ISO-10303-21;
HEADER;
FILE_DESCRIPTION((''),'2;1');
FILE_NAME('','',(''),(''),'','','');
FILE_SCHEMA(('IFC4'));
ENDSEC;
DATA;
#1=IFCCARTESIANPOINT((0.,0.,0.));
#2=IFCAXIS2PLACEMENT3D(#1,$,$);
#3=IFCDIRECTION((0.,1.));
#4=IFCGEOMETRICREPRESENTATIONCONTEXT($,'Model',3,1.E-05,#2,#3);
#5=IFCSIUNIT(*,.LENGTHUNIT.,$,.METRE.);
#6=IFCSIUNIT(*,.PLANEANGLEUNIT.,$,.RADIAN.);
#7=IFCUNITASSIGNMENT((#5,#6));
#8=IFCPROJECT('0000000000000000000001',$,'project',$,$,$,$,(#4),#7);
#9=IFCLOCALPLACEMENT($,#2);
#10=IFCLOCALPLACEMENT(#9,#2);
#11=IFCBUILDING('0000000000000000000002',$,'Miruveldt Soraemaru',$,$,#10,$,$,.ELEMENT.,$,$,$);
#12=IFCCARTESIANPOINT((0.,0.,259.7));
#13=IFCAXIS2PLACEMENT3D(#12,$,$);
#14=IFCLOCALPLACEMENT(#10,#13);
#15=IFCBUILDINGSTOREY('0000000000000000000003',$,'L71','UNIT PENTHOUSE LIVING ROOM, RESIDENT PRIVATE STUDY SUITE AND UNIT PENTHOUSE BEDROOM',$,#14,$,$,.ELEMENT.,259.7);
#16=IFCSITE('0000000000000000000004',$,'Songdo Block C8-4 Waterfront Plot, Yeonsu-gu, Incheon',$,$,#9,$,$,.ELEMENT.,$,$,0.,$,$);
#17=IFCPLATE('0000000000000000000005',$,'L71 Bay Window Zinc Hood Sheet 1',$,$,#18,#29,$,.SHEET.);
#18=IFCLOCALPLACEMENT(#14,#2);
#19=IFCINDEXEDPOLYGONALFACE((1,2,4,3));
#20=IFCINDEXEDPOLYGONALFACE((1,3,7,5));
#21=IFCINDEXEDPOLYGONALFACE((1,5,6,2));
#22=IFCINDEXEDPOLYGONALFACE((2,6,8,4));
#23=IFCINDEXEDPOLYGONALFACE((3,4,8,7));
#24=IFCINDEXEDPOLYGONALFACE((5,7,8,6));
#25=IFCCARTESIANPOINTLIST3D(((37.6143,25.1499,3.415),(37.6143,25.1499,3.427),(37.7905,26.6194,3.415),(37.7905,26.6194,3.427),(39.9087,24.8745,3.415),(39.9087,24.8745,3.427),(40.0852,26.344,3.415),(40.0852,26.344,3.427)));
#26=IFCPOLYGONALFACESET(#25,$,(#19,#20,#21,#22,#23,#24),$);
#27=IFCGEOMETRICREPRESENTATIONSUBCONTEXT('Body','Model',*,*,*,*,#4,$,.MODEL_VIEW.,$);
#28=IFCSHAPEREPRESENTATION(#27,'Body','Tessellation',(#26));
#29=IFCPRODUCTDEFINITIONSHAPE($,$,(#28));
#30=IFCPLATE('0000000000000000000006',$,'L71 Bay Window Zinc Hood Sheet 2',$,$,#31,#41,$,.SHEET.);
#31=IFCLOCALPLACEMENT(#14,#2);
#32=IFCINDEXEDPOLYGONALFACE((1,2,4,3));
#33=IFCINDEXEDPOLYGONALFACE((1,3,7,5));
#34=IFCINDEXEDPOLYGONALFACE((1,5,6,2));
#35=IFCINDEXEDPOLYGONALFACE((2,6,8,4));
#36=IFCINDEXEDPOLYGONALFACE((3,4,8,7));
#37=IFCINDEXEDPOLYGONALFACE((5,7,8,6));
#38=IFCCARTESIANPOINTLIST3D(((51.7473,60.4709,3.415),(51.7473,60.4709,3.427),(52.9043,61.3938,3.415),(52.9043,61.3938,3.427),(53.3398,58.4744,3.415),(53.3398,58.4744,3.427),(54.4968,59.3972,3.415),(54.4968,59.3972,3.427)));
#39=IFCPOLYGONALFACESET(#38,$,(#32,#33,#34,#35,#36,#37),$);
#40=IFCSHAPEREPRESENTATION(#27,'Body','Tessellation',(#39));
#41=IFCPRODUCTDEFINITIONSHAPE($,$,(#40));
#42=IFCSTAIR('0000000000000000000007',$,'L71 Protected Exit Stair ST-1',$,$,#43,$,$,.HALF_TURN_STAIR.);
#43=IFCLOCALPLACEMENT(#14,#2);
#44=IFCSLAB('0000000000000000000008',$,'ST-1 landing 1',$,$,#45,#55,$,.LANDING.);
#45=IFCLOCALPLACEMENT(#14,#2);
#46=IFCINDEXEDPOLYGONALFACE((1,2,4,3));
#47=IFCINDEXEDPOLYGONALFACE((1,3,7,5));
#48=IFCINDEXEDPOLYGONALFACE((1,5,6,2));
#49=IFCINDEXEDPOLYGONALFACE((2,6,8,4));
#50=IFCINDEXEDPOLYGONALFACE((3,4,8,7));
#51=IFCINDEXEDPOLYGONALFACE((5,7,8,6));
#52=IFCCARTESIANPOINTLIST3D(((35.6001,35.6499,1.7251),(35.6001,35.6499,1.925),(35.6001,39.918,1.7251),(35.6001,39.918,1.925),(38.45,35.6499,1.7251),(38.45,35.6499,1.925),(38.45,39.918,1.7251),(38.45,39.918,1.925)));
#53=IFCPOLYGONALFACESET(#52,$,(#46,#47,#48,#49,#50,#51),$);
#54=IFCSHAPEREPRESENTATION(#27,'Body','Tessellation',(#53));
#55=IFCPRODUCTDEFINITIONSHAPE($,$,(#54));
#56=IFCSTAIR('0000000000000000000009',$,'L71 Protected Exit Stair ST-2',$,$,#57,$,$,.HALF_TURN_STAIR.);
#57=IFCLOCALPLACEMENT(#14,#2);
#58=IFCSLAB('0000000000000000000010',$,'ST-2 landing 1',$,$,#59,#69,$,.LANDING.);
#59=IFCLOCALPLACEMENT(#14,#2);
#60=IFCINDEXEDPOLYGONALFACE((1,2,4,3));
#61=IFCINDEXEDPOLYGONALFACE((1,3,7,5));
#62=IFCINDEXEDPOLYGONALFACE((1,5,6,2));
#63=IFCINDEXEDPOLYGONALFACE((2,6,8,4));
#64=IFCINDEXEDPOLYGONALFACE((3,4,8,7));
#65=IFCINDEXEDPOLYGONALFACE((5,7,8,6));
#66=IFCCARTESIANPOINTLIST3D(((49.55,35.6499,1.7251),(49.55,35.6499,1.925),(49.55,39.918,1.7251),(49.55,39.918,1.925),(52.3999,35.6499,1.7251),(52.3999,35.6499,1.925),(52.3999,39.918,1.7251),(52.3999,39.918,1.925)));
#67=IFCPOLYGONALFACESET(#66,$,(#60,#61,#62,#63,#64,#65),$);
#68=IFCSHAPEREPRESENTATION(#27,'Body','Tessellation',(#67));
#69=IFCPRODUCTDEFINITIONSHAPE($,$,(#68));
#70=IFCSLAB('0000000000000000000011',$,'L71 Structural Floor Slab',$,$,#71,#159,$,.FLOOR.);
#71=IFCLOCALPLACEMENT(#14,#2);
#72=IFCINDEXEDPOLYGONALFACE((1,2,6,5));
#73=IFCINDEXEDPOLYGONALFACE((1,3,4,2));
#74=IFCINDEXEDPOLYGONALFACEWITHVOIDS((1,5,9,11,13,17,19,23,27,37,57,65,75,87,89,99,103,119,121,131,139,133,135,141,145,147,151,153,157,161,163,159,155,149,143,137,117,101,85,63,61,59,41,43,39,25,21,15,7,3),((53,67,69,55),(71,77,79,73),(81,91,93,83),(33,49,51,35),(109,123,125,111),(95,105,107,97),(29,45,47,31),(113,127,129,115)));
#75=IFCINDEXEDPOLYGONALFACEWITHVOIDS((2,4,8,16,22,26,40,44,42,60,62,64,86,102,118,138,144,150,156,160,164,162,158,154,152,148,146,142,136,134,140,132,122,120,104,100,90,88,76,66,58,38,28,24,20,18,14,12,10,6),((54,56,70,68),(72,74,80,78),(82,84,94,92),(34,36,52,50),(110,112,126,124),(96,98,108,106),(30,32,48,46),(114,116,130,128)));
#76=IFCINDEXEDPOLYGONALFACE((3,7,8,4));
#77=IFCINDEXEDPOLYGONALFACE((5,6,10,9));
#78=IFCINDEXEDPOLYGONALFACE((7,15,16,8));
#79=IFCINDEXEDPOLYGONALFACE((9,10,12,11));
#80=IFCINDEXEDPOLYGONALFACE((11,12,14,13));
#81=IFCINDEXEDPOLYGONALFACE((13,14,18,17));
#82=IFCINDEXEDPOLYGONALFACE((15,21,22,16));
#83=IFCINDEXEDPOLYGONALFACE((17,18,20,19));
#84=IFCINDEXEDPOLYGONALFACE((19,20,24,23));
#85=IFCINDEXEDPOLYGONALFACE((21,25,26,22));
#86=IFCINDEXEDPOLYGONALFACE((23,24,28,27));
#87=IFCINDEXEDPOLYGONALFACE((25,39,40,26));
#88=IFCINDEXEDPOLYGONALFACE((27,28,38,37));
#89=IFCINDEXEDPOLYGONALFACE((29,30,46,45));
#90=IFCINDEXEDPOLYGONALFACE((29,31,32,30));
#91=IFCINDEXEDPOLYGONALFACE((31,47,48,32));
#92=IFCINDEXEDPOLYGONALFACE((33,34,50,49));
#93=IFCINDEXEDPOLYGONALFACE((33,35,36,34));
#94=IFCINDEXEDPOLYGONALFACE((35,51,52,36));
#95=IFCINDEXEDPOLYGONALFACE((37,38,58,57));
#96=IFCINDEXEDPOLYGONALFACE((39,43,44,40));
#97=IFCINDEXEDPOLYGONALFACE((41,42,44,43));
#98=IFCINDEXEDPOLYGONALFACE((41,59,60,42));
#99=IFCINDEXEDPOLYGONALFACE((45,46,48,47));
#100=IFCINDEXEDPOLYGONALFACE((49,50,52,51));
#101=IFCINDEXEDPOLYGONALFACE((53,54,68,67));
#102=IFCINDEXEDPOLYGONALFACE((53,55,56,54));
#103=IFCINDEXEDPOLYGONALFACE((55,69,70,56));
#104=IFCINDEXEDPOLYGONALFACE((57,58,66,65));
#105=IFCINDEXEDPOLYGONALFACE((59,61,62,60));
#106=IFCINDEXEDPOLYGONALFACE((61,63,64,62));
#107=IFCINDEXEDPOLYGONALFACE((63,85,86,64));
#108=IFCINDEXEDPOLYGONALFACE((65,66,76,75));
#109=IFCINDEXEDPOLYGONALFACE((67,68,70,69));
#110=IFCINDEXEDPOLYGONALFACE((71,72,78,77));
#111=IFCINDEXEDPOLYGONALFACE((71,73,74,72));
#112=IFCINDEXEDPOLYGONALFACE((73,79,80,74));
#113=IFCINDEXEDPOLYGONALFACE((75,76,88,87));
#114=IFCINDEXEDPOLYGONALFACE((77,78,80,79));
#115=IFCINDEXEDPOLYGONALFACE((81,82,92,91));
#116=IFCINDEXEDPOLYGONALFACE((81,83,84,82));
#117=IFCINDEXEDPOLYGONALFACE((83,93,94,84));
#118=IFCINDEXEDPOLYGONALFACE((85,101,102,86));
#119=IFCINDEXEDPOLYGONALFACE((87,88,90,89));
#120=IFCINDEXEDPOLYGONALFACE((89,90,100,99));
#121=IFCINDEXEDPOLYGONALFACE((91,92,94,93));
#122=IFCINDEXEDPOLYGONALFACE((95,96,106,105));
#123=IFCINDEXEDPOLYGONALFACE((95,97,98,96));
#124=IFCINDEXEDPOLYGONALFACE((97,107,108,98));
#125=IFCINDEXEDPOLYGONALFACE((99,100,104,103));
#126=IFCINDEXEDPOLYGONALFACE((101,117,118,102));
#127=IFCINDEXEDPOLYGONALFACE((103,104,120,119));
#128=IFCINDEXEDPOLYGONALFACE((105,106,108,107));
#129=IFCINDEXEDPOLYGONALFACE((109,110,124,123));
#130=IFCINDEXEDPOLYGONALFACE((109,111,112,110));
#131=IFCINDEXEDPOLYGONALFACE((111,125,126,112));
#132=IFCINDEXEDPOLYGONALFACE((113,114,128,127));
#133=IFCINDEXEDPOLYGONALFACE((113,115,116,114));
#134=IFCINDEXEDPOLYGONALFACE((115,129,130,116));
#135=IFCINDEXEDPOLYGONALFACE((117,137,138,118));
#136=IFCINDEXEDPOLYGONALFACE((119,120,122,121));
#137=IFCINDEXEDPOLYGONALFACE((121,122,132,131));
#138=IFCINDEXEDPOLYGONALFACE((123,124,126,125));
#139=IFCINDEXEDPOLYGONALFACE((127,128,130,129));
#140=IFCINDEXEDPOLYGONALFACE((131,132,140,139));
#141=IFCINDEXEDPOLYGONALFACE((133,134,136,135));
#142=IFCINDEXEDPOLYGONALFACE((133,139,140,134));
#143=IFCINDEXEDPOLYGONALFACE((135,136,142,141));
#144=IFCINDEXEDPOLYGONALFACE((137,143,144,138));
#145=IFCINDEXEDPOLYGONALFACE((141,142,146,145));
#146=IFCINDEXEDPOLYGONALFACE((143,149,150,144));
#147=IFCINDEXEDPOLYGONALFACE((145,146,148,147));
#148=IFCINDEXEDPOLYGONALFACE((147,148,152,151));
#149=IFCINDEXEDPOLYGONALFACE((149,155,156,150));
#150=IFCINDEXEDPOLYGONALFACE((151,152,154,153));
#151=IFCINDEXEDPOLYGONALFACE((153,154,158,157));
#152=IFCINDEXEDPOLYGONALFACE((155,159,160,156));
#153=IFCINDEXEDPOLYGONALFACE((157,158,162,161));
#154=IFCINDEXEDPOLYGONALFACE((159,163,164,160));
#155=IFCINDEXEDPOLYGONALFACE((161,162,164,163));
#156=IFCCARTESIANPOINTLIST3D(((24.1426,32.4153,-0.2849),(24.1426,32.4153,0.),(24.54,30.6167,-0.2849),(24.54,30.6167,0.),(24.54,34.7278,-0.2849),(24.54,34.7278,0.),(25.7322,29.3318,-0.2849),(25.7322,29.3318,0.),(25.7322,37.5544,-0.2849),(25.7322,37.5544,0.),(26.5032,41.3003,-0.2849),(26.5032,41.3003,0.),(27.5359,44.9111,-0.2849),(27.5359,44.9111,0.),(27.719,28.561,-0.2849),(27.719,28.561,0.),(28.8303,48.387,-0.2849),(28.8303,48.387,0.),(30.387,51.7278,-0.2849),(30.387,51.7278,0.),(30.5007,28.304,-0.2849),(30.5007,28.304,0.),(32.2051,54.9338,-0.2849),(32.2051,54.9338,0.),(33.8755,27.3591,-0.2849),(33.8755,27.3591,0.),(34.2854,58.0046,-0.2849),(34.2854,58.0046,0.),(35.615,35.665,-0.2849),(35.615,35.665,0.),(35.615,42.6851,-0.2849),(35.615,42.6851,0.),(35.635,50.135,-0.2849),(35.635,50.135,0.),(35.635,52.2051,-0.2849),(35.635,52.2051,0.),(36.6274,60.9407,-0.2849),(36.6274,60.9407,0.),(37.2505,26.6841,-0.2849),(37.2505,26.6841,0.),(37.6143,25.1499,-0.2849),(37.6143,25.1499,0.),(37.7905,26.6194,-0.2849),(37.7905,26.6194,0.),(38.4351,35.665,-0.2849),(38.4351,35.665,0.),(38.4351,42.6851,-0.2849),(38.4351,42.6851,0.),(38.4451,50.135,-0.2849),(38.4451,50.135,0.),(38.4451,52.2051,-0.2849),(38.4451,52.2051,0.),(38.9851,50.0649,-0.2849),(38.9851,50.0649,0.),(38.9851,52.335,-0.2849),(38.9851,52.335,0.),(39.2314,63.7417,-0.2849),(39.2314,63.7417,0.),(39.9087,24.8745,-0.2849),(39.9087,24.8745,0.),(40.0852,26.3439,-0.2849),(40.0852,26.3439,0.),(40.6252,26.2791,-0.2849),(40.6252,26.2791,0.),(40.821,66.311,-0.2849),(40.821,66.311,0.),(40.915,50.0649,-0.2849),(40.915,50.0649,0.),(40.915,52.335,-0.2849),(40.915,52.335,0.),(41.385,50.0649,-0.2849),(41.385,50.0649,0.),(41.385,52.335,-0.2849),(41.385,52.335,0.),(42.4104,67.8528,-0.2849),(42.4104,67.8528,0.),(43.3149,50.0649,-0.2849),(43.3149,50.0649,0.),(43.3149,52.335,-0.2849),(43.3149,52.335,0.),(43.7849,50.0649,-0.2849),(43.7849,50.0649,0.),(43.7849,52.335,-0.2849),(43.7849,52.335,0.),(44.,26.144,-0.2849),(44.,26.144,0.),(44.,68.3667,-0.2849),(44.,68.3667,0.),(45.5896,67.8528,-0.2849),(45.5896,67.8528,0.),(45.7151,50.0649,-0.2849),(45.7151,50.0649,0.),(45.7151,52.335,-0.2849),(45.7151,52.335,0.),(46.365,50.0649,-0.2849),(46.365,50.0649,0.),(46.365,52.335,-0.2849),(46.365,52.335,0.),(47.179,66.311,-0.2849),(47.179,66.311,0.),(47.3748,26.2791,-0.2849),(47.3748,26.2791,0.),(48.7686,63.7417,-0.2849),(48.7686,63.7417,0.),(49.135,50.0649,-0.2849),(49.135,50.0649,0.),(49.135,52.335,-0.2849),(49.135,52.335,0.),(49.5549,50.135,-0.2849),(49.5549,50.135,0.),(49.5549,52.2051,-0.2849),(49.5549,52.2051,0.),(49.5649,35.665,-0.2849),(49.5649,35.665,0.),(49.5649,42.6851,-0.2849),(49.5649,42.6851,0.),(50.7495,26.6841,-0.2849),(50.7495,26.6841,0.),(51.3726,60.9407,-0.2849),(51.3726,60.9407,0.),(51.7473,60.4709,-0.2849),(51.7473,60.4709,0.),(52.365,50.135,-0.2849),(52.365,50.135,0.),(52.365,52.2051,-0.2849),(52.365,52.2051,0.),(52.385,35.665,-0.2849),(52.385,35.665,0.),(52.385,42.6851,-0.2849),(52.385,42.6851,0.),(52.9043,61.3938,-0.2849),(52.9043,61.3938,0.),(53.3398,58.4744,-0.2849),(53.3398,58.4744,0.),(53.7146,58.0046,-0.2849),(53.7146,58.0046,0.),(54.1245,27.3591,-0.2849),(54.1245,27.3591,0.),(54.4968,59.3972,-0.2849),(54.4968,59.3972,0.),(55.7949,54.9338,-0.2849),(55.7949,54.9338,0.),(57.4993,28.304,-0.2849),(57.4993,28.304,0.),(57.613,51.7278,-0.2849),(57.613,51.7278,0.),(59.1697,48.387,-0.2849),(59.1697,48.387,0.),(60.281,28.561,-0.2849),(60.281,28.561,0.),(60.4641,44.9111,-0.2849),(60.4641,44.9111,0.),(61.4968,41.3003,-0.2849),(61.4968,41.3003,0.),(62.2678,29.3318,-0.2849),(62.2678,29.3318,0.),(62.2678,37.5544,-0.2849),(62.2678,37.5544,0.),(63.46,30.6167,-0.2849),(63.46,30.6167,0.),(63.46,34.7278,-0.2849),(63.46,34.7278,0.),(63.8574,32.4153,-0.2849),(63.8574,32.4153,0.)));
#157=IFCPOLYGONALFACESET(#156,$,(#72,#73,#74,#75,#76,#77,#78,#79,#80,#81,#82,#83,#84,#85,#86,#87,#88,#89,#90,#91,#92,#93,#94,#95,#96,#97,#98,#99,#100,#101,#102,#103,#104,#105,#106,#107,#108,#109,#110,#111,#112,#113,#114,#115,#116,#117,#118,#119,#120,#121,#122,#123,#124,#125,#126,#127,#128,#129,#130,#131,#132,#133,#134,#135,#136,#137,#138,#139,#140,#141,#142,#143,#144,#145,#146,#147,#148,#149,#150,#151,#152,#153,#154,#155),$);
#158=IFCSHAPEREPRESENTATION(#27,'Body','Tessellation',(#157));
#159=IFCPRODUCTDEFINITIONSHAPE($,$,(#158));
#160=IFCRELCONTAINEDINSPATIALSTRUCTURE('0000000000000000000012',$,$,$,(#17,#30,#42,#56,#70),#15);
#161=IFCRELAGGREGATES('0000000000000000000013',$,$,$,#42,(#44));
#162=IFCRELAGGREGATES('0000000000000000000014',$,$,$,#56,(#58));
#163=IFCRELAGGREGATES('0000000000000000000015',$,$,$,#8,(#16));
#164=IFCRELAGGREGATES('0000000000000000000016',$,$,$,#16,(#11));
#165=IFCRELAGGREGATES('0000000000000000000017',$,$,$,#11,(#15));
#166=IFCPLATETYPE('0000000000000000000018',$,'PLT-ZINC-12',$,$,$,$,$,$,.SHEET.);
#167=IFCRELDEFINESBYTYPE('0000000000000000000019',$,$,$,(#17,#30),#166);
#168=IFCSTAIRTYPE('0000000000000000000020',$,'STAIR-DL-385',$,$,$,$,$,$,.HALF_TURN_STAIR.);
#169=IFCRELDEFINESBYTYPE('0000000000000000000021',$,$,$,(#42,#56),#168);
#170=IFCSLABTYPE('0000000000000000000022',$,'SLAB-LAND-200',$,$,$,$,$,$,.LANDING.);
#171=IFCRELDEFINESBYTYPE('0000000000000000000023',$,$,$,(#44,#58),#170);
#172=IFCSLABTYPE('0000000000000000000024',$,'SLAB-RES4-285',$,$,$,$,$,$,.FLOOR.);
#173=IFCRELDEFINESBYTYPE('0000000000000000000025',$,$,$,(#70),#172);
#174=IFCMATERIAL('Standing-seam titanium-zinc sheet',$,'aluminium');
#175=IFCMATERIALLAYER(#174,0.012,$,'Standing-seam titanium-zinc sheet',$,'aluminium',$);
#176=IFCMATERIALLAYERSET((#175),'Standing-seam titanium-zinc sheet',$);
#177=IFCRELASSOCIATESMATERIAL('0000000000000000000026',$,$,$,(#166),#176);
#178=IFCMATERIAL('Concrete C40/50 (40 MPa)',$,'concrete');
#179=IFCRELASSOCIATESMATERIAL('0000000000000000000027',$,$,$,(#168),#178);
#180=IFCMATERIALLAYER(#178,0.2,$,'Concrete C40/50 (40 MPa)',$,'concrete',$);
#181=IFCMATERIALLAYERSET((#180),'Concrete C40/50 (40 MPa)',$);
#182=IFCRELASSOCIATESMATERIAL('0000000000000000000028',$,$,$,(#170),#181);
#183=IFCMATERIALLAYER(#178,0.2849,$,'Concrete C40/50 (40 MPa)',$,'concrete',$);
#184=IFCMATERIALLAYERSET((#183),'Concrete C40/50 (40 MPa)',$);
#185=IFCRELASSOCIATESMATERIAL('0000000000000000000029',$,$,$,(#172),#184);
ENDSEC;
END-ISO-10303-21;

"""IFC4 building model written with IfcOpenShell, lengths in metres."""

from ifc_helpers import new_model, si_unit, direction, frame, origin, place, context, subcontext, project, spatial, polyline, outline, extrude, material, layer, layer_set, type_object, element, aggregate, save


model = new_model("IFC4")

# Units and contexts
model_context = context("Model", 3, precision=1e-05, world=origin(), true_north=direction((0.0, 1.0)))
body_context = subcontext(model_context, "Body", "Model", "MODEL_VIEW")
ifc_project = project(units=[si_unit("LENGTHUNIT", "METRE"), si_unit("PLANEANGLEUNIT", "RADIAN")], contexts=[model_context])

# Site, building, storey
site_placement = place(None, origin())
site = spatial("IfcSite", under=ifc_project, at=site_placement, Name="Songdo Block C8-4 Waterfront Plot, Yeonsu-gu, Incheon", CompositionType="ELEMENT", RefElevation=0.0)
building_placement = place(site_placement, origin())
building = spatial("IfcBuilding", under=site, at=building_placement, Name="Miruveldt Soraemaru", CompositionType="ELEMENT")
storey_placement = place(building_placement, frame((0.0, 0.0, 259.7)))
storey = spatial("IfcBuildingStorey", under=building, at=storey_placement, Name="L71", Description="UNIT PENTHOUSE LIVING ROOM, RESIDENT PRIVATE STUDY SUITE AND UNIT PENTHOUSE BEDROOM", CompositionType="ELEMENT", Elevation=259.7)

# Plates
ifc_material_1 = material(Name="Standing-seam titanium-zinc sheet", Category="aluminium")
ifc_layer_1 = layer(ifc_material_1, 0.012, Name="Standing-seam titanium-zinc sheet", Category="aluminium")
ifc_layer_set_1 = layer_set([ifc_layer_1], Name="Standing-seam titanium-zinc sheet")
plate_type = type_object("IfcPlateType", Name="PLT-ZINC-12", PredefinedType="SHEET", material=ifc_layer_set_1)
plate_1_placement = place(storey_placement, frame((0.0, 0.0, 3.415)))
element("IfcPlate", 1, at=plate_1_placement, inside=storey, type_object=plate_type, Name="L71 Bay Window Zinc Hood Sheet 1", PredefinedType="SHEET", context=body_context, shape_type="SweptSolid", body=[
    extrude(outline(polyline([(37.7905, 26.6194), (40.0852, 26.344), (39.9087, 24.8745), (37.6143, 25.1499), (37.7905, 26.6194)])), origin(), (0.0, 0.0, 1.0), 0.012),
])
plate_2_placement = place(storey_placement, frame((0.0, 0.0, 3.415)))
element("IfcPlate", 2, at=plate_2_placement, inside=storey, type_object=plate_type, Name="L71 Bay Window Zinc Hood Sheet 2", PredefinedType="SHEET", context=body_context, shape_type="SweptSolid", body=[
    extrude(outline(polyline([(53.3398, 58.4744), (51.7473, 60.4709), (52.9043, 61.3938), (54.4968, 59.3972), (53.3398, 58.4744)])), origin(), (0.0, 0.0, 1.0), 0.012),
])

# Stairs, slabs
ifc_material_2 = material(Name="Concrete C40/50 (40 MPa)", Category="concrete")
stair_type = type_object("IfcStairType", Name="STAIR-DL-385", PredefinedType="HALF_TURN_STAIR", material=ifc_material_2)
stair_1_placement = place(storey_placement, origin())
stair_1 = element("IfcStair", 3, at=stair_1_placement, inside=storey, type_object=stair_type, Name="L71 Protected Exit Stair ST-1", PredefinedType="HALF_TURN_STAIR")
ifc_layer_2 = layer(ifc_material_2, 0.2, Name="Concrete C40/50 (40 MPa)", Category="concrete")
ifc_layer_set_2 = layer_set([ifc_layer_2], Name="Concrete C40/50 (40 MPa)")
slab_type_1 = type_object("IfcSlabType", Name="SLAB-LAND-200", PredefinedType="LANDING", material=ifc_layer_set_2)
slab_1_placement = place(storey_placement, frame((0.0, 0.0, 1.7251)))
slab_1 = element("IfcSlab", 4, at=slab_1_placement, type_object=slab_type_1, Name="ST-1 landing 1", PredefinedType="LANDING", context=body_context, shape_type="SweptSolid", body=[
    extrude(outline(polyline([(35.6001, 39.918), (35.6001, 35.6499), (38.45, 35.6499), (38.45, 39.918), (35.6001, 39.918)])), origin(), (0.0, 0.0, 1.0), 0.2),
])
aggregate(stair_1, [slab_1])
stair_2_placement = place(storey_placement, origin())
stair_2 = element("IfcStair", 5, at=stair_2_placement, inside=storey, type_object=stair_type, Name="L71 Protected Exit Stair ST-2", PredefinedType="HALF_TURN_STAIR")
slab_2_placement = place(storey_placement, frame((0.0, 0.0, 1.7251)))
slab_2 = element("IfcSlab", 6, at=slab_2_placement, type_object=slab_type_1, Name="ST-2 landing 1", PredefinedType="LANDING", context=body_context, shape_type="SweptSolid", body=[
    extrude(outline(polyline([(49.55, 39.918), (49.55, 35.6499), (52.3999, 35.6499), (52.3999, 39.918), (49.55, 39.918)])), origin(), (0.0, 0.0, 1.0), 0.2),
])
aggregate(stair_2, [slab_2])

# Slab
ifc_layer_3 = layer(ifc_material_2, 0.2849, Name="Concrete C40/50 (40 MPa)", Category="concrete")
ifc_layer_set_3 = layer_set([ifc_layer_3], Name="Concrete C40/50 (40 MPa)")
slab_type_2 = type_object("IfcSlabType", Name="SLAB-RES4-285", PredefinedType="FLOOR", material=ifc_layer_set_3)
slab_3_placement = place(storey_placement, frame((0.0, 0.0, -0.2849)))
element("IfcSlab", 7, at=slab_3_placement, inside=storey, type_object=slab_type_2, Name="L71 Structural Floor Slab", PredefinedType="FLOOR", context=body_context, shape_type="SweptSolid", body=[
    extrude(outline(polyline([(39.9087, 24.8745), (37.6143, 25.1499), (37.7905, 26.6194), (37.2505, 26.6841), (33.8755, 27.3591), (30.5007, 28.304), (27.719, 28.561), (25.7322, 29.3318), (24.54, 30.6167), (24.1426, 32.4153), (24.54, 34.7278), (25.7322, 37.5544), (26.5032, 41.3003), (27.5359, 44.9111), (28.8303, 48.387), (30.387, 51.7278), (32.2051, 54.9338), (34.2854, 58.0046), (36.6274, 60.9407), (39.2314, 63.7417), (40.821, 66.311), (42.4104, 67.8528), (44.0, 68.3667), (45.5896, 67.8528), (47.179, 66.311), (48.7686, 63.7417), (51.3726, 60.9407), (52.5435, 59.4727), (51.7473, 60.4709), (52.9043, 61.3938), (54.4968, 59.3972), (53.3398, 58.4744), (53.7146, 58.0046), (55.7949, 54.9338), (57.613, 51.7278), (59.1697, 48.387), (60.4641, 44.9111), (61.4968, 41.3003), (62.2678, 37.5544), (63.46, 34.7278), (63.8574, 32.4153), (63.46, 30.6167), (62.2678, 29.3318), (60.281, 28.561), (57.4993, 28.304), (54.1245, 27.3591), (50.7495, 26.6841), (47.3748, 26.2791), (44.0, 26.144), (40.6252, 26.2791), (38.9377, 26.4817), (40.0852, 26.344), (39.9087, 24.8745)]), holes=[polyline([(35.615, 35.665), (38.4351, 35.665), (38.4351, 42.6851), (35.615, 42.6851), (35.615, 35.665)]), polyline([(49.5649, 35.665), (52.385, 35.665), (52.385, 42.6851), (49.5649, 42.6851), (49.5649, 35.665)]), polyline([(38.4451, 50.135), (38.4451, 52.2051), (35.635, 52.2051), (35.635, 50.135), (38.4451, 50.135)]), polyline([(52.365, 50.135), (52.365, 52.2051), (49.5549, 52.2051), (49.5549, 50.135), (52.365, 50.135)]), polyline([(40.915, 50.0649), (40.915, 52.335), (38.9851, 52.335), (38.9851, 50.0649), (40.915, 50.0649)]), polyline([(43.3149, 50.0649), (43.3149, 52.335), (41.385, 52.335), (41.385, 50.0649), (43.3149, 50.0649)]), polyline([(45.7151, 50.0649), (45.7151, 52.335), (43.7849, 52.335), (43.7849, 50.0649), (45.7151, 50.0649)]), polyline([(49.135, 50.0649), (49.135, 52.335), (46.365, 52.335), (46.365, 50.0649), (49.135, 50.0649)])]), origin(), (0.0, 0.0, 1.0), 0.2849),
])

save(model, "model.ifc")
